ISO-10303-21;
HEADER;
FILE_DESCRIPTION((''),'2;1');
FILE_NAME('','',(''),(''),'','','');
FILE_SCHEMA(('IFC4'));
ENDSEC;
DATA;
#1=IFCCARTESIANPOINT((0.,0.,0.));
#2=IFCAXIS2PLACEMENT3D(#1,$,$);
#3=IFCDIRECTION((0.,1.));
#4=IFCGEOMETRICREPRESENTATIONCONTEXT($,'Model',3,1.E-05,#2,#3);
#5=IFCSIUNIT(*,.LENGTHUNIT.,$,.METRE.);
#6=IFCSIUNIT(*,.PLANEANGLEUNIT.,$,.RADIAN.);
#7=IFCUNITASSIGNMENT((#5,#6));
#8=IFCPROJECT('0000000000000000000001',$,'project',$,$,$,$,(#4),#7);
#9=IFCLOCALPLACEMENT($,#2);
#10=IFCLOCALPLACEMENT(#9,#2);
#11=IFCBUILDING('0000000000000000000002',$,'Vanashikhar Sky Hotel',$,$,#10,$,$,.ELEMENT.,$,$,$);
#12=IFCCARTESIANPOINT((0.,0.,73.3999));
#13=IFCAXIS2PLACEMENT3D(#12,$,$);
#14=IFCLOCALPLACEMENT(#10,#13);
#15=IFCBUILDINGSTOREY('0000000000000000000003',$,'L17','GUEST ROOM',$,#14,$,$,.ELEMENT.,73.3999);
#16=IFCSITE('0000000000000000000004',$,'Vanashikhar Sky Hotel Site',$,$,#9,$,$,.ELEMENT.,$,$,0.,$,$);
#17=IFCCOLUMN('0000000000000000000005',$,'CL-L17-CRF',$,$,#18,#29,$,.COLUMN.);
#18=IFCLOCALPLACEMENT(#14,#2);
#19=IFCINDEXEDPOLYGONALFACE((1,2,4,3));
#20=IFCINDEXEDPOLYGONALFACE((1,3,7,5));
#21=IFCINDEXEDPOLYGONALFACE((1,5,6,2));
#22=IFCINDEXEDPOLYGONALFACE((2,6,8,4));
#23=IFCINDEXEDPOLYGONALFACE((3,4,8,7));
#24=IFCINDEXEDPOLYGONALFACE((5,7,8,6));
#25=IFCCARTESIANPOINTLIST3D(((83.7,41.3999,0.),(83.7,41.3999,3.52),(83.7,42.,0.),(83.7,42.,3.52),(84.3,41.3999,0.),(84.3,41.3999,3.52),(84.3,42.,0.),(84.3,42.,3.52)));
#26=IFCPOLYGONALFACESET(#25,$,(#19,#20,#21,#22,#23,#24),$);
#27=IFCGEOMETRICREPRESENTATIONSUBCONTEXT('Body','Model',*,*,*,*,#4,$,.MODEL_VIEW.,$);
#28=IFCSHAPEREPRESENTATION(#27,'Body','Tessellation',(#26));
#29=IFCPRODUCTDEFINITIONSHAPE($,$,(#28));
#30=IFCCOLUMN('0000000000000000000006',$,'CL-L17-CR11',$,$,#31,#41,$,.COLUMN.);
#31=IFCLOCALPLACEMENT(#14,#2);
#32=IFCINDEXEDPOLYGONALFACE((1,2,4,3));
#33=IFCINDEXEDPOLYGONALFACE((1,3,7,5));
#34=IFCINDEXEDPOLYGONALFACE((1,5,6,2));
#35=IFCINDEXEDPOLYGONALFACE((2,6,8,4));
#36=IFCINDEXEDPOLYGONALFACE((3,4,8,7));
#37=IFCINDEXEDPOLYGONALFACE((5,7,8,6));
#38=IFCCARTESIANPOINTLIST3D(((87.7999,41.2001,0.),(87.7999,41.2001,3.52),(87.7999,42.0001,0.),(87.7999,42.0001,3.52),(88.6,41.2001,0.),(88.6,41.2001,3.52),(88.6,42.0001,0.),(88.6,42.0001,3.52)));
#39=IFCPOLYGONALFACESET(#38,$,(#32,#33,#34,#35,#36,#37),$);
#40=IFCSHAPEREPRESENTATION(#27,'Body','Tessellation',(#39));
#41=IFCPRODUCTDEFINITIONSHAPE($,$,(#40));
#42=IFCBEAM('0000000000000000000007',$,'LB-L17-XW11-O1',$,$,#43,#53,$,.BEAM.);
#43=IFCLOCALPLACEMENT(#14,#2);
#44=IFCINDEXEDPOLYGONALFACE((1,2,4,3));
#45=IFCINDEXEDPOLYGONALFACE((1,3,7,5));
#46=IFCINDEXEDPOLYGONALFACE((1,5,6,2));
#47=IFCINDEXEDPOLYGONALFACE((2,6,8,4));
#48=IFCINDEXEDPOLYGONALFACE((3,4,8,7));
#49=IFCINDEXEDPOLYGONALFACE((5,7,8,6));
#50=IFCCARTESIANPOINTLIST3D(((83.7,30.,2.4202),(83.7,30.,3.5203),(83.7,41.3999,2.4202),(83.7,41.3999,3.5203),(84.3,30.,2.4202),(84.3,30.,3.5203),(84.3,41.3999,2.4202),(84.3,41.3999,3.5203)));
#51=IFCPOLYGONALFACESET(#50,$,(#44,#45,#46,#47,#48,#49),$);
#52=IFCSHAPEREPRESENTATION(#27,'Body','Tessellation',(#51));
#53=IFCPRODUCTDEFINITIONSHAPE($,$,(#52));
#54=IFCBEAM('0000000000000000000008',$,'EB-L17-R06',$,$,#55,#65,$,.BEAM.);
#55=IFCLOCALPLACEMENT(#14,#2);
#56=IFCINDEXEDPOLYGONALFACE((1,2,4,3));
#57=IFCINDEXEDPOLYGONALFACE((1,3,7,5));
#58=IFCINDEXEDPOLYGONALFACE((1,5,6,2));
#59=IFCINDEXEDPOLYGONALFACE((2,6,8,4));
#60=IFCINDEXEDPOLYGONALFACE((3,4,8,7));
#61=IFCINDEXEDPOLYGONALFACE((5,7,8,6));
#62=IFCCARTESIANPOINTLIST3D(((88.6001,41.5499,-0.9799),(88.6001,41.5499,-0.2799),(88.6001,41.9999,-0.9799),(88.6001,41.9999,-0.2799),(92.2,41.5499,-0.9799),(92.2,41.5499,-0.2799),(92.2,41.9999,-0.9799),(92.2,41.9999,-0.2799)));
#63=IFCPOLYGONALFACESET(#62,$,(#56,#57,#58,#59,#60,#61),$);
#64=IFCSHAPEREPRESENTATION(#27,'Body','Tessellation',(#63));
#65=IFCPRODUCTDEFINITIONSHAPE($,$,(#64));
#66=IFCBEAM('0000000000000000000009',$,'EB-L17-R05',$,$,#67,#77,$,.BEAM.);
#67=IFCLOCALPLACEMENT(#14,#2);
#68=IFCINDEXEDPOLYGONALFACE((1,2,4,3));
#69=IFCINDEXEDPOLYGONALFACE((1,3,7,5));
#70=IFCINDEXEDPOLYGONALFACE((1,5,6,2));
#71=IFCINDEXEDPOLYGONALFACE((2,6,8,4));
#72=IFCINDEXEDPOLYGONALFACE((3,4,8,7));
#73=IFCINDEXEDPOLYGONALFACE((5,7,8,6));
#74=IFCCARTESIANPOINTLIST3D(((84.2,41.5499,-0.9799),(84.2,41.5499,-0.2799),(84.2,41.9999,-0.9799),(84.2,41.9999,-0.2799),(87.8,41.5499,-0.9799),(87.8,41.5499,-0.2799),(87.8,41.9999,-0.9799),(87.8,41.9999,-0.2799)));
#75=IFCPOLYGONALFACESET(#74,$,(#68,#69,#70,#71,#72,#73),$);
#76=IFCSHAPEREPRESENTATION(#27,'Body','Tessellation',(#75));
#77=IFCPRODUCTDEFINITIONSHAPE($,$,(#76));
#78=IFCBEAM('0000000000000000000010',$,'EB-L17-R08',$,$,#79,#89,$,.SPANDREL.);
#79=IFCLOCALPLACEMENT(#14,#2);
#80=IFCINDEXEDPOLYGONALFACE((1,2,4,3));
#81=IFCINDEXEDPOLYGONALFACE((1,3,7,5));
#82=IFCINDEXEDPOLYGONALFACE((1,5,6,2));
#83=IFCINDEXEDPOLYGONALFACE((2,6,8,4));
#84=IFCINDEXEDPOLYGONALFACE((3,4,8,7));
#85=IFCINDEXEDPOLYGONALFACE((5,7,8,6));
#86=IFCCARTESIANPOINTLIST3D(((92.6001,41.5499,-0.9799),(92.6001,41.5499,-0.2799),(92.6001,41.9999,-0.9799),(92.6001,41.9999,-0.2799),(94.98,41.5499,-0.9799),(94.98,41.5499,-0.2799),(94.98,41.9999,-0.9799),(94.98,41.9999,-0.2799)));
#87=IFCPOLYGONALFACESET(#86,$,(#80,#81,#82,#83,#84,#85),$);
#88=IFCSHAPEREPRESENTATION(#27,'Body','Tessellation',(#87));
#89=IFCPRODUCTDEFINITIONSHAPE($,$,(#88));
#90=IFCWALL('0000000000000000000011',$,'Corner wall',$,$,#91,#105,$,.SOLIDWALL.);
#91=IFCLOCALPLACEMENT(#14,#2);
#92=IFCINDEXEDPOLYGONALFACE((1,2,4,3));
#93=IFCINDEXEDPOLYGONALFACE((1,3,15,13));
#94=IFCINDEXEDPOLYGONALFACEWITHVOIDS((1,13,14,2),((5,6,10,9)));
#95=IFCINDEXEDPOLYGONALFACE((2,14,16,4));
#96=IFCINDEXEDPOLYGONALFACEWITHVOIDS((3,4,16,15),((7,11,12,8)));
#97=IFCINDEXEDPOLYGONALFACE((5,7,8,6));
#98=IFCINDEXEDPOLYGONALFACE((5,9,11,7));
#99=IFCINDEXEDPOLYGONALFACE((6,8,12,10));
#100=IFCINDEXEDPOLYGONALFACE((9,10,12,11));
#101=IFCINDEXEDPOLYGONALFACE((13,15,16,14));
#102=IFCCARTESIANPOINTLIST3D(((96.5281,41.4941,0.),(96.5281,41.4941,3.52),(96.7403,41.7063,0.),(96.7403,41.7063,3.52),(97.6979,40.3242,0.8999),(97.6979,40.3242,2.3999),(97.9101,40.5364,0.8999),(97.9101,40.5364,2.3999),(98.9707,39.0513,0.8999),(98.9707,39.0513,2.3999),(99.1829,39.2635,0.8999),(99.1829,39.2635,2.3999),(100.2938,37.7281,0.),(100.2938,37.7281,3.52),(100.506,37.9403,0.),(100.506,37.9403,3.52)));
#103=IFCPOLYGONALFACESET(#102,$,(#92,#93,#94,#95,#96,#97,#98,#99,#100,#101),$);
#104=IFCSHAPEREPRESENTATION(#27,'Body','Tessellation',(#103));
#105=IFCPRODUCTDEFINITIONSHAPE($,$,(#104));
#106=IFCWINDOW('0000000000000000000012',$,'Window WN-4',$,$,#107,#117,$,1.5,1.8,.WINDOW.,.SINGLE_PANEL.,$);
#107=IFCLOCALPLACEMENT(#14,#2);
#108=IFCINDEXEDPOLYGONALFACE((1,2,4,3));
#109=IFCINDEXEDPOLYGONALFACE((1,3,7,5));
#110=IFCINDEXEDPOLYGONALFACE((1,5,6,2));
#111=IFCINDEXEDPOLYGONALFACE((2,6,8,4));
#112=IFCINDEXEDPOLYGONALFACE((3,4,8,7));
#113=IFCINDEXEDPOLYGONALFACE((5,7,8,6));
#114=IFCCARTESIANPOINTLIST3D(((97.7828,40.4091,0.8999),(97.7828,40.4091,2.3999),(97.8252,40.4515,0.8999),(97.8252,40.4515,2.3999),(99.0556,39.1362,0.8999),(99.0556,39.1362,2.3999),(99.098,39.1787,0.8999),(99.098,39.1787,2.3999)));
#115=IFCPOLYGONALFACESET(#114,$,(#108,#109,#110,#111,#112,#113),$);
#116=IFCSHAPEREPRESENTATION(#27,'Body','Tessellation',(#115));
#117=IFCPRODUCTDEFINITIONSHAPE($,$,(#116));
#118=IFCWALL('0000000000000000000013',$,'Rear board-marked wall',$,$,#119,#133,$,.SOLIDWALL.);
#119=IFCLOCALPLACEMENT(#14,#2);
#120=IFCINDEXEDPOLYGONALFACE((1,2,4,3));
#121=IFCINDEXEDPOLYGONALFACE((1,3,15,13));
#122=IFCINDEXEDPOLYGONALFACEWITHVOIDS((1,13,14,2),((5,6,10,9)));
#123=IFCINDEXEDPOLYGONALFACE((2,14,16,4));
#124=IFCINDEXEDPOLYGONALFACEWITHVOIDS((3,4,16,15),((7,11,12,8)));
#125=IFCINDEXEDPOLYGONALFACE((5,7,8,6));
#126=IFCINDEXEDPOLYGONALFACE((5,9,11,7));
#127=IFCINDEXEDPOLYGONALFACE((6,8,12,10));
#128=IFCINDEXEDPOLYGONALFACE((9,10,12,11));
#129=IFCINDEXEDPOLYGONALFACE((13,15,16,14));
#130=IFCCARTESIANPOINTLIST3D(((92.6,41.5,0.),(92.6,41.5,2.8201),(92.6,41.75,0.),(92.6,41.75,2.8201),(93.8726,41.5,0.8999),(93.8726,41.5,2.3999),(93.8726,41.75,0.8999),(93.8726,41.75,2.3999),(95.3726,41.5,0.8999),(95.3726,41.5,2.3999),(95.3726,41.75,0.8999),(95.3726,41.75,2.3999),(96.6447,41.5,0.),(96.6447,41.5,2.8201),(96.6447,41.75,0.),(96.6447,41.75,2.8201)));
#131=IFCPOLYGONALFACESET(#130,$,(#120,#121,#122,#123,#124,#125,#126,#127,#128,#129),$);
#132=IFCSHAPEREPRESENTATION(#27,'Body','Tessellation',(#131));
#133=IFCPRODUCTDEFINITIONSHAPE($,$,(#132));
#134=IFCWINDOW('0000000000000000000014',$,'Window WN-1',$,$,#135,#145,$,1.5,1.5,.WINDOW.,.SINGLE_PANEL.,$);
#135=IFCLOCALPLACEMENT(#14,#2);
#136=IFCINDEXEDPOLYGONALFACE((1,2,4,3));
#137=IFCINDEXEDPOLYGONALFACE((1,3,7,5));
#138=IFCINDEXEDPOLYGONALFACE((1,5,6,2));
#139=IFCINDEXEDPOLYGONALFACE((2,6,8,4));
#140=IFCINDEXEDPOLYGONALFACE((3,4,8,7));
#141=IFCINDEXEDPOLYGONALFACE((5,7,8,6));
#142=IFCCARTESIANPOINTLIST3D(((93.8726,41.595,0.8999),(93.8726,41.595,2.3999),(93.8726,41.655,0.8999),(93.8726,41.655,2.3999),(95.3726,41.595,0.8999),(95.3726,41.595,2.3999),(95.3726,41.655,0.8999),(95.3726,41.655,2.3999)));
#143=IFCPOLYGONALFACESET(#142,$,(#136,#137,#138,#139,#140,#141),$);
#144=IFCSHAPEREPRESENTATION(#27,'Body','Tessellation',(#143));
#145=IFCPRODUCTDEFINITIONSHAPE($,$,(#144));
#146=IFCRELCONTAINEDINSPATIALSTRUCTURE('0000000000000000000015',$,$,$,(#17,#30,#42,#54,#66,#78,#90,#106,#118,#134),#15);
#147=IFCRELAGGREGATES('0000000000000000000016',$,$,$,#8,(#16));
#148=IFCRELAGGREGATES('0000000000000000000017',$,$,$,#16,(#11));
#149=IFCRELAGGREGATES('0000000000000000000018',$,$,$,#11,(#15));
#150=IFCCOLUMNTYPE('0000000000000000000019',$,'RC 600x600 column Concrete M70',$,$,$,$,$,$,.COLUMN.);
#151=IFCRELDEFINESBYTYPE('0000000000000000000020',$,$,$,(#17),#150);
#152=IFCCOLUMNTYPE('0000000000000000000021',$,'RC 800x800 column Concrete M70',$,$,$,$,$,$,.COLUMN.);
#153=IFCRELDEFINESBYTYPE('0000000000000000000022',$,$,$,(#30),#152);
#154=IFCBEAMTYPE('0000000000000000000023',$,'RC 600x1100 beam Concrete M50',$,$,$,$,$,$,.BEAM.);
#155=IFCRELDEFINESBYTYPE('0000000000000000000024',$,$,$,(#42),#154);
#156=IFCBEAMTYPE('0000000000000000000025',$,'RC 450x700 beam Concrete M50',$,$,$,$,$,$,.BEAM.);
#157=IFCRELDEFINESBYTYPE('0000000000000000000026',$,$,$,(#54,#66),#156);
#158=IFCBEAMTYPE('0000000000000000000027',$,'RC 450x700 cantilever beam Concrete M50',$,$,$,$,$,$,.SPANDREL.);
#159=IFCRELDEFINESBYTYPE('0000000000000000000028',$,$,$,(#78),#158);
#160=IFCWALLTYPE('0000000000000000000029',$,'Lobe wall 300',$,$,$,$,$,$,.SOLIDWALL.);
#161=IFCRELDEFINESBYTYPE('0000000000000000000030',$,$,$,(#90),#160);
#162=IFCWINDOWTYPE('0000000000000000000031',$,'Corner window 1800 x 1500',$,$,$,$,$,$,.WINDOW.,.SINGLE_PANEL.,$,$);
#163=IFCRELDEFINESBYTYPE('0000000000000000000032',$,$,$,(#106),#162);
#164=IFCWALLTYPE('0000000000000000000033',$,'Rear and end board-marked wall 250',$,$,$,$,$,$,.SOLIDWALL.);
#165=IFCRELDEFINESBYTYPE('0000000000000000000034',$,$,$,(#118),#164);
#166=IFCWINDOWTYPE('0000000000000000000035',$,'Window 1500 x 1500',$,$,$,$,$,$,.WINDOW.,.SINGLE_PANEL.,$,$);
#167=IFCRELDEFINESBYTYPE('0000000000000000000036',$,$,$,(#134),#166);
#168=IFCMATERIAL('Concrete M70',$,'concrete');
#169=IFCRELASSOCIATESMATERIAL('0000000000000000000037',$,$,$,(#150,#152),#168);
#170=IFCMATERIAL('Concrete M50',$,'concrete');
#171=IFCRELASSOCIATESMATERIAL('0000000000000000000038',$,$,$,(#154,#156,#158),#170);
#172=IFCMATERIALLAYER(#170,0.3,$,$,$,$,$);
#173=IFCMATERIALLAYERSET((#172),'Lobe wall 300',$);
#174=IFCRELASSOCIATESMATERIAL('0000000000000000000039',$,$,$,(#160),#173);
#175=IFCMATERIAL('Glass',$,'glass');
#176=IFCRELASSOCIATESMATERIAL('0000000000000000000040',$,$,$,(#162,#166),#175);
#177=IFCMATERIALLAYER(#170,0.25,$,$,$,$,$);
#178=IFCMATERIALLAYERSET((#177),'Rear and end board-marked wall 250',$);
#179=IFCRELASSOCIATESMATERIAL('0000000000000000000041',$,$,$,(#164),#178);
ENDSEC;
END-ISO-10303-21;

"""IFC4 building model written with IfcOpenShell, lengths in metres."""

from ifc_helpers import new_model, si_unit, direction, frame, frame_2d, origin, origin_2d, place, context, subcontext, project, spatial, rectangle, extrude, source, transform, mapped, material, layer, layer_set, material_profile, profile_set, type_object, element, fill, save


model = new_model("IFC4")

# Units and contexts
model_context = context("Model", 3, precision=1e-05, world=origin(), true_north=direction((0.0, 1.0)))
body_context = subcontext(model_context, "Body", "Model", "MODEL_VIEW")
ifc_project = project(units=[si_unit("LENGTHUNIT", "METRE"), si_unit("PLANEANGLEUNIT", "RADIAN")], contexts=[model_context])

# Site, building, storey
site_placement = place(None, origin())
site = spatial("IfcSite", under=ifc_project, at=site_placement, Name="Vanashikhar Sky Hotel Site", CompositionType="ELEMENT", RefElevation=0.0)
building_placement = place(site_placement, origin())
building = spatial("IfcBuilding", under=site, at=building_placement, Name="Vanashikhar Sky Hotel", CompositionType="ELEMENT")
storey_placement = place(building_placement, frame((0.0, 0.0, 73.3999)))
storey = spatial("IfcBuildingStorey", under=building, at=storey_placement, Name="L17", Description="GUEST ROOM", CompositionType="ELEMENT", Elevation=73.3999)

# Columns
ifc_material_1 = material(Name="Concrete M70", Category="concrete")
ifc_material_profile_1 = material_profile(ifc_material_1, rectangle(XDim=0.6001, YDim=0.6001, at=origin_2d()))
ifc_profile_set_1 = profile_set([ifc_material_profile_1], Name="RC 600x600 column Concrete M70")
column_type_1 = type_object("IfcColumnType", Name="RC 600x600 column Concrete M70", PredefinedType="COLUMN", material=ifc_profile_set_1)
shared_shape_1 = source(origin(), body_context, "Body", "SweptSolid", [
    extrude(rectangle(XDim=0.6001, YDim=0.6001, at=origin_2d()), origin(), (0.0, 0.0, 1.0), 3.52),
])
column_1_placement = place(storey_placement, frame((84.0, 41.7, 0.0), z_axis=(0.0, 0.0, 1.0), x_axis=(1.0, 0.0, 0.0)))
element("IfcColumn", 1, at=column_1_placement, inside=storey, type_object=column_type_1, Name="CL-L17-CRF", PredefinedType="COLUMN", context=body_context, shape_type="MappedRepresentation", body=[
    mapped(shared_shape_1, transform((0.0, 0.0, 0.0), scale=1.0)),
])
ifc_material_profile_2 = material_profile(ifc_material_1, rectangle(XDim=0.8, YDim=0.8, at=origin_2d()))
ifc_profile_set_2 = profile_set([ifc_material_profile_2], Name="RC 800x800 column Concrete M70")
column_type_2 = type_object("IfcColumnType", Name="RC 800x800 column Concrete M70", PredefinedType="COLUMN", material=ifc_profile_set_2)
shared_shape_2 = source(origin(), body_context, "Body", "SweptSolid", [
    extrude(rectangle(XDim=0.8, YDim=0.8, at=origin_2d()), origin(), (0.0, 0.0, 1.0), 3.52),
])
column_2_placement = place(storey_placement, frame((88.2, 41.6001, 0.0), z_axis=(0.0, 0.0, 1.0), x_axis=(1.0, 0.0, 0.0)))
element("IfcColumn", 2, at=column_2_placement, inside=storey, type_object=column_type_2, Name="CL-L17-CR11", PredefinedType="COLUMN", context=body_context, shape_type="MappedRepresentation", body=[
    mapped(shared_shape_2, transform((0.0, 0.0, 0.0), scale=1.0)),
])

# Beams
ifc_material_2 = material(Name="Concrete M50", Category="concrete")
ifc_material_profile_3 = material_profile(ifc_material_2, rectangle(XDim=0.6001, YDim=1.1001, at=origin_2d()))
ifc_profile_set_3 = profile_set([ifc_material_profile_3], Name="RC 600x1100 beam Concrete M50")
beam_type_1 = type_object("IfcBeamType", Name="RC 600x1100 beam Concrete M50", PredefinedType="BEAM", material=ifc_profile_set_3)
shared_shape_3 = source(origin(), body_context, "Body", "SweptSolid", [
    extrude(rectangle(XDim=0.6001, YDim=1.1001, at=origin_2d()), origin(), (0.0, 0.0, 1.0), 11.3999),
])
beam_1_placement = place(storey_placement, frame((84.0, 30.0, 2.9702), z_axis=(0.0, 1.0, 0.0), x_axis=(-1.0, 0.0, 0.0)))
element("IfcBeam", 3, at=beam_1_placement, inside=storey, type_object=beam_type_1, Name="LB-L17-XW11-O1", PredefinedType="BEAM", context=body_context, shape_type="MappedRepresentation", body=[
    mapped(shared_shape_3, transform((0.0, 0.0, 0.0), scale=1.0)),
])
ifc_material_profile_4 = material_profile(ifc_material_2, rectangle(XDim=0.45, YDim=0.7, at=origin_2d()))
ifc_profile_set_4 = profile_set([ifc_material_profile_4], Name="RC 450x700 beam Concrete M50")
beam_type_2 = type_object("IfcBeamType", Name="RC 450x700 beam Concrete M50", PredefinedType="BEAM", material=ifc_profile_set_4)
shared_shape_4 = source(origin(), body_context, "Body", "SweptSolid", [
    extrude(rectangle(XDim=0.45, YDim=0.7, at=origin_2d()), origin(), (0.0, 0.0, 1.0), 3.5999),
])
beam_2_placement = place(storey_placement, frame((88.6001, 41.7749, -0.6299), z_axis=(1.0, 0.0, 0.0), x_axis=(0.0, 1.0, 0.0)))
element("IfcBeam", 4, at=beam_2_placement, inside=storey, type_object=beam_type_2, Name="EB-L17-R06", PredefinedType="BEAM", context=body_context, shape_type="MappedRepresentation", body=[
    mapped(shared_shape_4, transform((0.0, 0.0, 0.0), scale=1.0)),
])
shared_shape_5 = source(origin(), body_context, "Body", "SweptSolid", [
    extrude(rectangle(XDim=0.45, YDim=0.7, at=origin_2d()), origin(), (0.0, 0.0, 1.0), 3.6001),
])
beam_3_placement = place(storey_placement, frame((84.2, 41.7749, -0.6299), z_axis=(1.0, 0.0, 0.0), x_axis=(0.0, 1.0, 0.0)))
element("IfcBeam", 5, at=beam_3_placement, inside=storey, type_object=beam_type_2, Name="EB-L17-R05", PredefinedType="BEAM", context=body_context, shape_type="MappedRepresentation", body=[
    mapped(shared_shape_5, transform((0.0, 0.0, 0.0), scale=1.0)),
])
ifc_material_profile_5 = material_profile(ifc_material_2, rectangle(XDim=0.45, YDim=0.7, at=origin_2d()))
ifc_profile_set_5 = profile_set([ifc_material_profile_5], Name="RC 450x700 cantilever beam Concrete M50")
beam_type_3 = type_object("IfcBeamType", Name="RC 450x700 cantilever beam Concrete M50", PredefinedType="SPANDREL", material=ifc_profile_set_5)
shared_shape_6 = source(origin(), body_context, "Body", "SweptSolid", [
    extrude(rectangle(XDim=0.45, YDim=0.7, at=origin_2d()), origin(), (0.0, 0.0, 1.0), 2.3799),
])
beam_4_placement = place(storey_placement, frame((92.6001, 41.7749, -0.6299), z_axis=(1.0, 0.0, 0.0), x_axis=(0.0, 1.0, 0.0)))
element("IfcBeam", 6, at=beam_4_placement, inside=storey, type_object=beam_type_3, Name="EB-L17-R08", PredefinedType="SPANDREL", context=body_context, shape_type="MappedRepresentation", body=[
    mapped(shared_shape_6, transform((0.0, 0.0, 0.0), scale=1.0)),
])

# Walls, openings, windows
ifc_layer_1 = layer(ifc_material_2, 0.3)
ifc_layer_set_1 = layer_set([ifc_layer_1], Name="Lobe wall 300")
wall_type_1 = type_object("IfcWallType", Name="Lobe wall 300", PredefinedType="SOLIDWALL", material=ifc_layer_set_1)
shared_shape_7 = source(origin(), body_context, "Body", "SweptSolid", [
    extrude(rectangle(XDim=5.3257, YDim=0.3, at=frame_2d((2.6628, 0.0))), origin(), (0.0, 0.0, 1.0), 3.52),
])
wall_1_placement = place(storey_placement, frame((100.3999, 37.8342, 0.0), z_axis=(0.0, 0.0, 1.0), x_axis=(-0.707084, 0.70713, 0.0)))
wall_1 = element("IfcWall", 7, at=wall_1_placement, inside=storey, type_object=wall_type_1, Name="Corner wall", PredefinedType="SOLIDWALL", context=body_context, shape_type="MappedRepresentation", body=[
    mapped(shared_shape_7, transform((0.0, 0.0, 0.0), scale=1.0)),
])
shared_shape_8 = source(origin(), body_context, "Body", "SweptSolid", [
    extrude(rectangle(XDim=1.8, YDim=1.5, at=frame_2d((0.8999, 0.75))), frame((0.0, 0.1602, 0.0), z_axis=(0.0, -1.0, 0.0), x_axis=(1.0, 0.0, 0.0)), (0.0, 0.0, 1.0), 0.3201),
])
opening_1_placement = place(wall_1_placement, frame((1.8713, 0.0, 0.8999)))
opening_1 = element("IfcOpeningElement", 8, at=opening_1_placement, cuts=wall_1, PredefinedType="OPENING", context=body_context, shape_type="MappedRepresentation", body=[
    mapped(shared_shape_8, transform((0.0, 0.0, 0.0), scale=1.0)),
])
ifc_material_3 = material(Name="Glass", Category="glass")
window_type_1 = type_object("IfcWindowType", Name="Corner window 1800 x 1500", PartitioningType="SINGLE_PANEL", PredefinedType="WINDOW", material=ifc_material_3)
shared_shape_9 = source(origin(), body_context, "Body", "SweptSolid", [
    extrude(rectangle(XDim=1.8, YDim=1.5, at=frame_2d((0.8999, 0.75))), frame((0.0, 0.03, 0.0), z_axis=(0.0, -1.0, 0.0), x_axis=(1.0, 0.0, 0.0)), (0.0, 0.0, 1.0), 0.0601),
])
window_1_placement = place(opening_1_placement, origin())
window_1 = element("IfcWindow", 9, at=window_1_placement, inside=storey, type_object=window_type_1, Name="Window WN-4", OverallHeight=1.5, OverallWidth=1.8, PartitioningType="SINGLE_PANEL", PredefinedType="WINDOW", context=body_context, shape_type="MappedRepresentation", body=[
    mapped(shared_shape_9, transform((0.0, 0.0, 0.0), scale=1.0)),
])
fill(opening_1, window_1)
ifc_layer_2 = layer(ifc_material_2, 0.25)
ifc_layer_set_2 = layer_set([ifc_layer_2], Name="Rear and end board-marked wall 250")
wall_type_2 = type_object("IfcWallType", Name="Rear and end board-marked wall 250", PredefinedType="SOLIDWALL", material=ifc_layer_set_2)
shared_shape_10 = source(origin(), body_context, "Body", "SweptSolid", [
    extrude(rectangle(XDim=4.0447, YDim=0.25, at=frame_2d((2.0225, 0.0))), origin(), (0.0, 0.0, 1.0), 2.8201),
])
wall_2_placement = place(storey_placement, frame((96.6448, 41.625, 0.0), z_axis=(0.0, 0.0, 1.0), x_axis=(-1.0, 0.0, 0.0)))
wall_2 = element("IfcWall", 10, at=wall_2_placement, inside=storey, type_object=wall_type_2, Name="Rear board-marked wall", PredefinedType="SOLIDWALL", context=body_context, shape_type="MappedRepresentation", body=[
    mapped(shared_shape_10, transform((0.0, 0.0, 0.0), scale=1.0)),
])
shared_shape_11 = source(origin(), body_context, "Body", "SweptSolid", [
    extrude(rectangle(XDim=1.5, YDim=1.5, at=frame_2d((0.75, 0.75))), frame((0.0, 0.135, 0.0), z_axis=(0.0, -1.0, 0.0), x_axis=(1.0, 0.0, 0.0)), (0.0, 0.0, 1.0), 0.27),
])
opening_2_placement = place(wall_2_placement, frame((1.2722, 0.0, 0.8999)))
opening_2 = element("IfcOpeningElement", 11, at=opening_2_placement, cuts=wall_2, PredefinedType="OPENING", context=body_context, shape_type="MappedRepresentation", body=[
    mapped(shared_shape_11, transform((0.0, 0.0, 0.0), scale=1.0)),
])
window_type_2 = type_object("IfcWindowType", Name="Window 1500 x 1500", PartitioningType="SINGLE_PANEL", PredefinedType="WINDOW", material=ifc_material_3)
shared_shape_12 = source(origin(), body_context, "Body", "SweptSolid", [
    extrude(rectangle(XDim=1.5, YDim=1.5, at=frame_2d((0.75, 0.75))), frame((0.0, 0.03, 0.0), z_axis=(0.0, -1.0, 0.0), x_axis=(1.0, 0.0, 0.0)), (0.0, 0.0, 1.0), 0.0601),
])
window_2_placement = place(opening_2_placement, origin())
window_2 = element("IfcWindow", 12, at=window_2_placement, inside=storey, type_object=window_type_2, Name="Window WN-1", OverallHeight=1.5, OverallWidth=1.5, PartitioningType="SINGLE_PANEL", PredefinedType="WINDOW", context=body_context, shape_type="MappedRepresentation", body=[
    mapped(shared_shape_12, transform((0.0, 0.0, 0.0), scale=1.0)),
])
fill(opening_2, window_2)

save(model, "model.ifc")
